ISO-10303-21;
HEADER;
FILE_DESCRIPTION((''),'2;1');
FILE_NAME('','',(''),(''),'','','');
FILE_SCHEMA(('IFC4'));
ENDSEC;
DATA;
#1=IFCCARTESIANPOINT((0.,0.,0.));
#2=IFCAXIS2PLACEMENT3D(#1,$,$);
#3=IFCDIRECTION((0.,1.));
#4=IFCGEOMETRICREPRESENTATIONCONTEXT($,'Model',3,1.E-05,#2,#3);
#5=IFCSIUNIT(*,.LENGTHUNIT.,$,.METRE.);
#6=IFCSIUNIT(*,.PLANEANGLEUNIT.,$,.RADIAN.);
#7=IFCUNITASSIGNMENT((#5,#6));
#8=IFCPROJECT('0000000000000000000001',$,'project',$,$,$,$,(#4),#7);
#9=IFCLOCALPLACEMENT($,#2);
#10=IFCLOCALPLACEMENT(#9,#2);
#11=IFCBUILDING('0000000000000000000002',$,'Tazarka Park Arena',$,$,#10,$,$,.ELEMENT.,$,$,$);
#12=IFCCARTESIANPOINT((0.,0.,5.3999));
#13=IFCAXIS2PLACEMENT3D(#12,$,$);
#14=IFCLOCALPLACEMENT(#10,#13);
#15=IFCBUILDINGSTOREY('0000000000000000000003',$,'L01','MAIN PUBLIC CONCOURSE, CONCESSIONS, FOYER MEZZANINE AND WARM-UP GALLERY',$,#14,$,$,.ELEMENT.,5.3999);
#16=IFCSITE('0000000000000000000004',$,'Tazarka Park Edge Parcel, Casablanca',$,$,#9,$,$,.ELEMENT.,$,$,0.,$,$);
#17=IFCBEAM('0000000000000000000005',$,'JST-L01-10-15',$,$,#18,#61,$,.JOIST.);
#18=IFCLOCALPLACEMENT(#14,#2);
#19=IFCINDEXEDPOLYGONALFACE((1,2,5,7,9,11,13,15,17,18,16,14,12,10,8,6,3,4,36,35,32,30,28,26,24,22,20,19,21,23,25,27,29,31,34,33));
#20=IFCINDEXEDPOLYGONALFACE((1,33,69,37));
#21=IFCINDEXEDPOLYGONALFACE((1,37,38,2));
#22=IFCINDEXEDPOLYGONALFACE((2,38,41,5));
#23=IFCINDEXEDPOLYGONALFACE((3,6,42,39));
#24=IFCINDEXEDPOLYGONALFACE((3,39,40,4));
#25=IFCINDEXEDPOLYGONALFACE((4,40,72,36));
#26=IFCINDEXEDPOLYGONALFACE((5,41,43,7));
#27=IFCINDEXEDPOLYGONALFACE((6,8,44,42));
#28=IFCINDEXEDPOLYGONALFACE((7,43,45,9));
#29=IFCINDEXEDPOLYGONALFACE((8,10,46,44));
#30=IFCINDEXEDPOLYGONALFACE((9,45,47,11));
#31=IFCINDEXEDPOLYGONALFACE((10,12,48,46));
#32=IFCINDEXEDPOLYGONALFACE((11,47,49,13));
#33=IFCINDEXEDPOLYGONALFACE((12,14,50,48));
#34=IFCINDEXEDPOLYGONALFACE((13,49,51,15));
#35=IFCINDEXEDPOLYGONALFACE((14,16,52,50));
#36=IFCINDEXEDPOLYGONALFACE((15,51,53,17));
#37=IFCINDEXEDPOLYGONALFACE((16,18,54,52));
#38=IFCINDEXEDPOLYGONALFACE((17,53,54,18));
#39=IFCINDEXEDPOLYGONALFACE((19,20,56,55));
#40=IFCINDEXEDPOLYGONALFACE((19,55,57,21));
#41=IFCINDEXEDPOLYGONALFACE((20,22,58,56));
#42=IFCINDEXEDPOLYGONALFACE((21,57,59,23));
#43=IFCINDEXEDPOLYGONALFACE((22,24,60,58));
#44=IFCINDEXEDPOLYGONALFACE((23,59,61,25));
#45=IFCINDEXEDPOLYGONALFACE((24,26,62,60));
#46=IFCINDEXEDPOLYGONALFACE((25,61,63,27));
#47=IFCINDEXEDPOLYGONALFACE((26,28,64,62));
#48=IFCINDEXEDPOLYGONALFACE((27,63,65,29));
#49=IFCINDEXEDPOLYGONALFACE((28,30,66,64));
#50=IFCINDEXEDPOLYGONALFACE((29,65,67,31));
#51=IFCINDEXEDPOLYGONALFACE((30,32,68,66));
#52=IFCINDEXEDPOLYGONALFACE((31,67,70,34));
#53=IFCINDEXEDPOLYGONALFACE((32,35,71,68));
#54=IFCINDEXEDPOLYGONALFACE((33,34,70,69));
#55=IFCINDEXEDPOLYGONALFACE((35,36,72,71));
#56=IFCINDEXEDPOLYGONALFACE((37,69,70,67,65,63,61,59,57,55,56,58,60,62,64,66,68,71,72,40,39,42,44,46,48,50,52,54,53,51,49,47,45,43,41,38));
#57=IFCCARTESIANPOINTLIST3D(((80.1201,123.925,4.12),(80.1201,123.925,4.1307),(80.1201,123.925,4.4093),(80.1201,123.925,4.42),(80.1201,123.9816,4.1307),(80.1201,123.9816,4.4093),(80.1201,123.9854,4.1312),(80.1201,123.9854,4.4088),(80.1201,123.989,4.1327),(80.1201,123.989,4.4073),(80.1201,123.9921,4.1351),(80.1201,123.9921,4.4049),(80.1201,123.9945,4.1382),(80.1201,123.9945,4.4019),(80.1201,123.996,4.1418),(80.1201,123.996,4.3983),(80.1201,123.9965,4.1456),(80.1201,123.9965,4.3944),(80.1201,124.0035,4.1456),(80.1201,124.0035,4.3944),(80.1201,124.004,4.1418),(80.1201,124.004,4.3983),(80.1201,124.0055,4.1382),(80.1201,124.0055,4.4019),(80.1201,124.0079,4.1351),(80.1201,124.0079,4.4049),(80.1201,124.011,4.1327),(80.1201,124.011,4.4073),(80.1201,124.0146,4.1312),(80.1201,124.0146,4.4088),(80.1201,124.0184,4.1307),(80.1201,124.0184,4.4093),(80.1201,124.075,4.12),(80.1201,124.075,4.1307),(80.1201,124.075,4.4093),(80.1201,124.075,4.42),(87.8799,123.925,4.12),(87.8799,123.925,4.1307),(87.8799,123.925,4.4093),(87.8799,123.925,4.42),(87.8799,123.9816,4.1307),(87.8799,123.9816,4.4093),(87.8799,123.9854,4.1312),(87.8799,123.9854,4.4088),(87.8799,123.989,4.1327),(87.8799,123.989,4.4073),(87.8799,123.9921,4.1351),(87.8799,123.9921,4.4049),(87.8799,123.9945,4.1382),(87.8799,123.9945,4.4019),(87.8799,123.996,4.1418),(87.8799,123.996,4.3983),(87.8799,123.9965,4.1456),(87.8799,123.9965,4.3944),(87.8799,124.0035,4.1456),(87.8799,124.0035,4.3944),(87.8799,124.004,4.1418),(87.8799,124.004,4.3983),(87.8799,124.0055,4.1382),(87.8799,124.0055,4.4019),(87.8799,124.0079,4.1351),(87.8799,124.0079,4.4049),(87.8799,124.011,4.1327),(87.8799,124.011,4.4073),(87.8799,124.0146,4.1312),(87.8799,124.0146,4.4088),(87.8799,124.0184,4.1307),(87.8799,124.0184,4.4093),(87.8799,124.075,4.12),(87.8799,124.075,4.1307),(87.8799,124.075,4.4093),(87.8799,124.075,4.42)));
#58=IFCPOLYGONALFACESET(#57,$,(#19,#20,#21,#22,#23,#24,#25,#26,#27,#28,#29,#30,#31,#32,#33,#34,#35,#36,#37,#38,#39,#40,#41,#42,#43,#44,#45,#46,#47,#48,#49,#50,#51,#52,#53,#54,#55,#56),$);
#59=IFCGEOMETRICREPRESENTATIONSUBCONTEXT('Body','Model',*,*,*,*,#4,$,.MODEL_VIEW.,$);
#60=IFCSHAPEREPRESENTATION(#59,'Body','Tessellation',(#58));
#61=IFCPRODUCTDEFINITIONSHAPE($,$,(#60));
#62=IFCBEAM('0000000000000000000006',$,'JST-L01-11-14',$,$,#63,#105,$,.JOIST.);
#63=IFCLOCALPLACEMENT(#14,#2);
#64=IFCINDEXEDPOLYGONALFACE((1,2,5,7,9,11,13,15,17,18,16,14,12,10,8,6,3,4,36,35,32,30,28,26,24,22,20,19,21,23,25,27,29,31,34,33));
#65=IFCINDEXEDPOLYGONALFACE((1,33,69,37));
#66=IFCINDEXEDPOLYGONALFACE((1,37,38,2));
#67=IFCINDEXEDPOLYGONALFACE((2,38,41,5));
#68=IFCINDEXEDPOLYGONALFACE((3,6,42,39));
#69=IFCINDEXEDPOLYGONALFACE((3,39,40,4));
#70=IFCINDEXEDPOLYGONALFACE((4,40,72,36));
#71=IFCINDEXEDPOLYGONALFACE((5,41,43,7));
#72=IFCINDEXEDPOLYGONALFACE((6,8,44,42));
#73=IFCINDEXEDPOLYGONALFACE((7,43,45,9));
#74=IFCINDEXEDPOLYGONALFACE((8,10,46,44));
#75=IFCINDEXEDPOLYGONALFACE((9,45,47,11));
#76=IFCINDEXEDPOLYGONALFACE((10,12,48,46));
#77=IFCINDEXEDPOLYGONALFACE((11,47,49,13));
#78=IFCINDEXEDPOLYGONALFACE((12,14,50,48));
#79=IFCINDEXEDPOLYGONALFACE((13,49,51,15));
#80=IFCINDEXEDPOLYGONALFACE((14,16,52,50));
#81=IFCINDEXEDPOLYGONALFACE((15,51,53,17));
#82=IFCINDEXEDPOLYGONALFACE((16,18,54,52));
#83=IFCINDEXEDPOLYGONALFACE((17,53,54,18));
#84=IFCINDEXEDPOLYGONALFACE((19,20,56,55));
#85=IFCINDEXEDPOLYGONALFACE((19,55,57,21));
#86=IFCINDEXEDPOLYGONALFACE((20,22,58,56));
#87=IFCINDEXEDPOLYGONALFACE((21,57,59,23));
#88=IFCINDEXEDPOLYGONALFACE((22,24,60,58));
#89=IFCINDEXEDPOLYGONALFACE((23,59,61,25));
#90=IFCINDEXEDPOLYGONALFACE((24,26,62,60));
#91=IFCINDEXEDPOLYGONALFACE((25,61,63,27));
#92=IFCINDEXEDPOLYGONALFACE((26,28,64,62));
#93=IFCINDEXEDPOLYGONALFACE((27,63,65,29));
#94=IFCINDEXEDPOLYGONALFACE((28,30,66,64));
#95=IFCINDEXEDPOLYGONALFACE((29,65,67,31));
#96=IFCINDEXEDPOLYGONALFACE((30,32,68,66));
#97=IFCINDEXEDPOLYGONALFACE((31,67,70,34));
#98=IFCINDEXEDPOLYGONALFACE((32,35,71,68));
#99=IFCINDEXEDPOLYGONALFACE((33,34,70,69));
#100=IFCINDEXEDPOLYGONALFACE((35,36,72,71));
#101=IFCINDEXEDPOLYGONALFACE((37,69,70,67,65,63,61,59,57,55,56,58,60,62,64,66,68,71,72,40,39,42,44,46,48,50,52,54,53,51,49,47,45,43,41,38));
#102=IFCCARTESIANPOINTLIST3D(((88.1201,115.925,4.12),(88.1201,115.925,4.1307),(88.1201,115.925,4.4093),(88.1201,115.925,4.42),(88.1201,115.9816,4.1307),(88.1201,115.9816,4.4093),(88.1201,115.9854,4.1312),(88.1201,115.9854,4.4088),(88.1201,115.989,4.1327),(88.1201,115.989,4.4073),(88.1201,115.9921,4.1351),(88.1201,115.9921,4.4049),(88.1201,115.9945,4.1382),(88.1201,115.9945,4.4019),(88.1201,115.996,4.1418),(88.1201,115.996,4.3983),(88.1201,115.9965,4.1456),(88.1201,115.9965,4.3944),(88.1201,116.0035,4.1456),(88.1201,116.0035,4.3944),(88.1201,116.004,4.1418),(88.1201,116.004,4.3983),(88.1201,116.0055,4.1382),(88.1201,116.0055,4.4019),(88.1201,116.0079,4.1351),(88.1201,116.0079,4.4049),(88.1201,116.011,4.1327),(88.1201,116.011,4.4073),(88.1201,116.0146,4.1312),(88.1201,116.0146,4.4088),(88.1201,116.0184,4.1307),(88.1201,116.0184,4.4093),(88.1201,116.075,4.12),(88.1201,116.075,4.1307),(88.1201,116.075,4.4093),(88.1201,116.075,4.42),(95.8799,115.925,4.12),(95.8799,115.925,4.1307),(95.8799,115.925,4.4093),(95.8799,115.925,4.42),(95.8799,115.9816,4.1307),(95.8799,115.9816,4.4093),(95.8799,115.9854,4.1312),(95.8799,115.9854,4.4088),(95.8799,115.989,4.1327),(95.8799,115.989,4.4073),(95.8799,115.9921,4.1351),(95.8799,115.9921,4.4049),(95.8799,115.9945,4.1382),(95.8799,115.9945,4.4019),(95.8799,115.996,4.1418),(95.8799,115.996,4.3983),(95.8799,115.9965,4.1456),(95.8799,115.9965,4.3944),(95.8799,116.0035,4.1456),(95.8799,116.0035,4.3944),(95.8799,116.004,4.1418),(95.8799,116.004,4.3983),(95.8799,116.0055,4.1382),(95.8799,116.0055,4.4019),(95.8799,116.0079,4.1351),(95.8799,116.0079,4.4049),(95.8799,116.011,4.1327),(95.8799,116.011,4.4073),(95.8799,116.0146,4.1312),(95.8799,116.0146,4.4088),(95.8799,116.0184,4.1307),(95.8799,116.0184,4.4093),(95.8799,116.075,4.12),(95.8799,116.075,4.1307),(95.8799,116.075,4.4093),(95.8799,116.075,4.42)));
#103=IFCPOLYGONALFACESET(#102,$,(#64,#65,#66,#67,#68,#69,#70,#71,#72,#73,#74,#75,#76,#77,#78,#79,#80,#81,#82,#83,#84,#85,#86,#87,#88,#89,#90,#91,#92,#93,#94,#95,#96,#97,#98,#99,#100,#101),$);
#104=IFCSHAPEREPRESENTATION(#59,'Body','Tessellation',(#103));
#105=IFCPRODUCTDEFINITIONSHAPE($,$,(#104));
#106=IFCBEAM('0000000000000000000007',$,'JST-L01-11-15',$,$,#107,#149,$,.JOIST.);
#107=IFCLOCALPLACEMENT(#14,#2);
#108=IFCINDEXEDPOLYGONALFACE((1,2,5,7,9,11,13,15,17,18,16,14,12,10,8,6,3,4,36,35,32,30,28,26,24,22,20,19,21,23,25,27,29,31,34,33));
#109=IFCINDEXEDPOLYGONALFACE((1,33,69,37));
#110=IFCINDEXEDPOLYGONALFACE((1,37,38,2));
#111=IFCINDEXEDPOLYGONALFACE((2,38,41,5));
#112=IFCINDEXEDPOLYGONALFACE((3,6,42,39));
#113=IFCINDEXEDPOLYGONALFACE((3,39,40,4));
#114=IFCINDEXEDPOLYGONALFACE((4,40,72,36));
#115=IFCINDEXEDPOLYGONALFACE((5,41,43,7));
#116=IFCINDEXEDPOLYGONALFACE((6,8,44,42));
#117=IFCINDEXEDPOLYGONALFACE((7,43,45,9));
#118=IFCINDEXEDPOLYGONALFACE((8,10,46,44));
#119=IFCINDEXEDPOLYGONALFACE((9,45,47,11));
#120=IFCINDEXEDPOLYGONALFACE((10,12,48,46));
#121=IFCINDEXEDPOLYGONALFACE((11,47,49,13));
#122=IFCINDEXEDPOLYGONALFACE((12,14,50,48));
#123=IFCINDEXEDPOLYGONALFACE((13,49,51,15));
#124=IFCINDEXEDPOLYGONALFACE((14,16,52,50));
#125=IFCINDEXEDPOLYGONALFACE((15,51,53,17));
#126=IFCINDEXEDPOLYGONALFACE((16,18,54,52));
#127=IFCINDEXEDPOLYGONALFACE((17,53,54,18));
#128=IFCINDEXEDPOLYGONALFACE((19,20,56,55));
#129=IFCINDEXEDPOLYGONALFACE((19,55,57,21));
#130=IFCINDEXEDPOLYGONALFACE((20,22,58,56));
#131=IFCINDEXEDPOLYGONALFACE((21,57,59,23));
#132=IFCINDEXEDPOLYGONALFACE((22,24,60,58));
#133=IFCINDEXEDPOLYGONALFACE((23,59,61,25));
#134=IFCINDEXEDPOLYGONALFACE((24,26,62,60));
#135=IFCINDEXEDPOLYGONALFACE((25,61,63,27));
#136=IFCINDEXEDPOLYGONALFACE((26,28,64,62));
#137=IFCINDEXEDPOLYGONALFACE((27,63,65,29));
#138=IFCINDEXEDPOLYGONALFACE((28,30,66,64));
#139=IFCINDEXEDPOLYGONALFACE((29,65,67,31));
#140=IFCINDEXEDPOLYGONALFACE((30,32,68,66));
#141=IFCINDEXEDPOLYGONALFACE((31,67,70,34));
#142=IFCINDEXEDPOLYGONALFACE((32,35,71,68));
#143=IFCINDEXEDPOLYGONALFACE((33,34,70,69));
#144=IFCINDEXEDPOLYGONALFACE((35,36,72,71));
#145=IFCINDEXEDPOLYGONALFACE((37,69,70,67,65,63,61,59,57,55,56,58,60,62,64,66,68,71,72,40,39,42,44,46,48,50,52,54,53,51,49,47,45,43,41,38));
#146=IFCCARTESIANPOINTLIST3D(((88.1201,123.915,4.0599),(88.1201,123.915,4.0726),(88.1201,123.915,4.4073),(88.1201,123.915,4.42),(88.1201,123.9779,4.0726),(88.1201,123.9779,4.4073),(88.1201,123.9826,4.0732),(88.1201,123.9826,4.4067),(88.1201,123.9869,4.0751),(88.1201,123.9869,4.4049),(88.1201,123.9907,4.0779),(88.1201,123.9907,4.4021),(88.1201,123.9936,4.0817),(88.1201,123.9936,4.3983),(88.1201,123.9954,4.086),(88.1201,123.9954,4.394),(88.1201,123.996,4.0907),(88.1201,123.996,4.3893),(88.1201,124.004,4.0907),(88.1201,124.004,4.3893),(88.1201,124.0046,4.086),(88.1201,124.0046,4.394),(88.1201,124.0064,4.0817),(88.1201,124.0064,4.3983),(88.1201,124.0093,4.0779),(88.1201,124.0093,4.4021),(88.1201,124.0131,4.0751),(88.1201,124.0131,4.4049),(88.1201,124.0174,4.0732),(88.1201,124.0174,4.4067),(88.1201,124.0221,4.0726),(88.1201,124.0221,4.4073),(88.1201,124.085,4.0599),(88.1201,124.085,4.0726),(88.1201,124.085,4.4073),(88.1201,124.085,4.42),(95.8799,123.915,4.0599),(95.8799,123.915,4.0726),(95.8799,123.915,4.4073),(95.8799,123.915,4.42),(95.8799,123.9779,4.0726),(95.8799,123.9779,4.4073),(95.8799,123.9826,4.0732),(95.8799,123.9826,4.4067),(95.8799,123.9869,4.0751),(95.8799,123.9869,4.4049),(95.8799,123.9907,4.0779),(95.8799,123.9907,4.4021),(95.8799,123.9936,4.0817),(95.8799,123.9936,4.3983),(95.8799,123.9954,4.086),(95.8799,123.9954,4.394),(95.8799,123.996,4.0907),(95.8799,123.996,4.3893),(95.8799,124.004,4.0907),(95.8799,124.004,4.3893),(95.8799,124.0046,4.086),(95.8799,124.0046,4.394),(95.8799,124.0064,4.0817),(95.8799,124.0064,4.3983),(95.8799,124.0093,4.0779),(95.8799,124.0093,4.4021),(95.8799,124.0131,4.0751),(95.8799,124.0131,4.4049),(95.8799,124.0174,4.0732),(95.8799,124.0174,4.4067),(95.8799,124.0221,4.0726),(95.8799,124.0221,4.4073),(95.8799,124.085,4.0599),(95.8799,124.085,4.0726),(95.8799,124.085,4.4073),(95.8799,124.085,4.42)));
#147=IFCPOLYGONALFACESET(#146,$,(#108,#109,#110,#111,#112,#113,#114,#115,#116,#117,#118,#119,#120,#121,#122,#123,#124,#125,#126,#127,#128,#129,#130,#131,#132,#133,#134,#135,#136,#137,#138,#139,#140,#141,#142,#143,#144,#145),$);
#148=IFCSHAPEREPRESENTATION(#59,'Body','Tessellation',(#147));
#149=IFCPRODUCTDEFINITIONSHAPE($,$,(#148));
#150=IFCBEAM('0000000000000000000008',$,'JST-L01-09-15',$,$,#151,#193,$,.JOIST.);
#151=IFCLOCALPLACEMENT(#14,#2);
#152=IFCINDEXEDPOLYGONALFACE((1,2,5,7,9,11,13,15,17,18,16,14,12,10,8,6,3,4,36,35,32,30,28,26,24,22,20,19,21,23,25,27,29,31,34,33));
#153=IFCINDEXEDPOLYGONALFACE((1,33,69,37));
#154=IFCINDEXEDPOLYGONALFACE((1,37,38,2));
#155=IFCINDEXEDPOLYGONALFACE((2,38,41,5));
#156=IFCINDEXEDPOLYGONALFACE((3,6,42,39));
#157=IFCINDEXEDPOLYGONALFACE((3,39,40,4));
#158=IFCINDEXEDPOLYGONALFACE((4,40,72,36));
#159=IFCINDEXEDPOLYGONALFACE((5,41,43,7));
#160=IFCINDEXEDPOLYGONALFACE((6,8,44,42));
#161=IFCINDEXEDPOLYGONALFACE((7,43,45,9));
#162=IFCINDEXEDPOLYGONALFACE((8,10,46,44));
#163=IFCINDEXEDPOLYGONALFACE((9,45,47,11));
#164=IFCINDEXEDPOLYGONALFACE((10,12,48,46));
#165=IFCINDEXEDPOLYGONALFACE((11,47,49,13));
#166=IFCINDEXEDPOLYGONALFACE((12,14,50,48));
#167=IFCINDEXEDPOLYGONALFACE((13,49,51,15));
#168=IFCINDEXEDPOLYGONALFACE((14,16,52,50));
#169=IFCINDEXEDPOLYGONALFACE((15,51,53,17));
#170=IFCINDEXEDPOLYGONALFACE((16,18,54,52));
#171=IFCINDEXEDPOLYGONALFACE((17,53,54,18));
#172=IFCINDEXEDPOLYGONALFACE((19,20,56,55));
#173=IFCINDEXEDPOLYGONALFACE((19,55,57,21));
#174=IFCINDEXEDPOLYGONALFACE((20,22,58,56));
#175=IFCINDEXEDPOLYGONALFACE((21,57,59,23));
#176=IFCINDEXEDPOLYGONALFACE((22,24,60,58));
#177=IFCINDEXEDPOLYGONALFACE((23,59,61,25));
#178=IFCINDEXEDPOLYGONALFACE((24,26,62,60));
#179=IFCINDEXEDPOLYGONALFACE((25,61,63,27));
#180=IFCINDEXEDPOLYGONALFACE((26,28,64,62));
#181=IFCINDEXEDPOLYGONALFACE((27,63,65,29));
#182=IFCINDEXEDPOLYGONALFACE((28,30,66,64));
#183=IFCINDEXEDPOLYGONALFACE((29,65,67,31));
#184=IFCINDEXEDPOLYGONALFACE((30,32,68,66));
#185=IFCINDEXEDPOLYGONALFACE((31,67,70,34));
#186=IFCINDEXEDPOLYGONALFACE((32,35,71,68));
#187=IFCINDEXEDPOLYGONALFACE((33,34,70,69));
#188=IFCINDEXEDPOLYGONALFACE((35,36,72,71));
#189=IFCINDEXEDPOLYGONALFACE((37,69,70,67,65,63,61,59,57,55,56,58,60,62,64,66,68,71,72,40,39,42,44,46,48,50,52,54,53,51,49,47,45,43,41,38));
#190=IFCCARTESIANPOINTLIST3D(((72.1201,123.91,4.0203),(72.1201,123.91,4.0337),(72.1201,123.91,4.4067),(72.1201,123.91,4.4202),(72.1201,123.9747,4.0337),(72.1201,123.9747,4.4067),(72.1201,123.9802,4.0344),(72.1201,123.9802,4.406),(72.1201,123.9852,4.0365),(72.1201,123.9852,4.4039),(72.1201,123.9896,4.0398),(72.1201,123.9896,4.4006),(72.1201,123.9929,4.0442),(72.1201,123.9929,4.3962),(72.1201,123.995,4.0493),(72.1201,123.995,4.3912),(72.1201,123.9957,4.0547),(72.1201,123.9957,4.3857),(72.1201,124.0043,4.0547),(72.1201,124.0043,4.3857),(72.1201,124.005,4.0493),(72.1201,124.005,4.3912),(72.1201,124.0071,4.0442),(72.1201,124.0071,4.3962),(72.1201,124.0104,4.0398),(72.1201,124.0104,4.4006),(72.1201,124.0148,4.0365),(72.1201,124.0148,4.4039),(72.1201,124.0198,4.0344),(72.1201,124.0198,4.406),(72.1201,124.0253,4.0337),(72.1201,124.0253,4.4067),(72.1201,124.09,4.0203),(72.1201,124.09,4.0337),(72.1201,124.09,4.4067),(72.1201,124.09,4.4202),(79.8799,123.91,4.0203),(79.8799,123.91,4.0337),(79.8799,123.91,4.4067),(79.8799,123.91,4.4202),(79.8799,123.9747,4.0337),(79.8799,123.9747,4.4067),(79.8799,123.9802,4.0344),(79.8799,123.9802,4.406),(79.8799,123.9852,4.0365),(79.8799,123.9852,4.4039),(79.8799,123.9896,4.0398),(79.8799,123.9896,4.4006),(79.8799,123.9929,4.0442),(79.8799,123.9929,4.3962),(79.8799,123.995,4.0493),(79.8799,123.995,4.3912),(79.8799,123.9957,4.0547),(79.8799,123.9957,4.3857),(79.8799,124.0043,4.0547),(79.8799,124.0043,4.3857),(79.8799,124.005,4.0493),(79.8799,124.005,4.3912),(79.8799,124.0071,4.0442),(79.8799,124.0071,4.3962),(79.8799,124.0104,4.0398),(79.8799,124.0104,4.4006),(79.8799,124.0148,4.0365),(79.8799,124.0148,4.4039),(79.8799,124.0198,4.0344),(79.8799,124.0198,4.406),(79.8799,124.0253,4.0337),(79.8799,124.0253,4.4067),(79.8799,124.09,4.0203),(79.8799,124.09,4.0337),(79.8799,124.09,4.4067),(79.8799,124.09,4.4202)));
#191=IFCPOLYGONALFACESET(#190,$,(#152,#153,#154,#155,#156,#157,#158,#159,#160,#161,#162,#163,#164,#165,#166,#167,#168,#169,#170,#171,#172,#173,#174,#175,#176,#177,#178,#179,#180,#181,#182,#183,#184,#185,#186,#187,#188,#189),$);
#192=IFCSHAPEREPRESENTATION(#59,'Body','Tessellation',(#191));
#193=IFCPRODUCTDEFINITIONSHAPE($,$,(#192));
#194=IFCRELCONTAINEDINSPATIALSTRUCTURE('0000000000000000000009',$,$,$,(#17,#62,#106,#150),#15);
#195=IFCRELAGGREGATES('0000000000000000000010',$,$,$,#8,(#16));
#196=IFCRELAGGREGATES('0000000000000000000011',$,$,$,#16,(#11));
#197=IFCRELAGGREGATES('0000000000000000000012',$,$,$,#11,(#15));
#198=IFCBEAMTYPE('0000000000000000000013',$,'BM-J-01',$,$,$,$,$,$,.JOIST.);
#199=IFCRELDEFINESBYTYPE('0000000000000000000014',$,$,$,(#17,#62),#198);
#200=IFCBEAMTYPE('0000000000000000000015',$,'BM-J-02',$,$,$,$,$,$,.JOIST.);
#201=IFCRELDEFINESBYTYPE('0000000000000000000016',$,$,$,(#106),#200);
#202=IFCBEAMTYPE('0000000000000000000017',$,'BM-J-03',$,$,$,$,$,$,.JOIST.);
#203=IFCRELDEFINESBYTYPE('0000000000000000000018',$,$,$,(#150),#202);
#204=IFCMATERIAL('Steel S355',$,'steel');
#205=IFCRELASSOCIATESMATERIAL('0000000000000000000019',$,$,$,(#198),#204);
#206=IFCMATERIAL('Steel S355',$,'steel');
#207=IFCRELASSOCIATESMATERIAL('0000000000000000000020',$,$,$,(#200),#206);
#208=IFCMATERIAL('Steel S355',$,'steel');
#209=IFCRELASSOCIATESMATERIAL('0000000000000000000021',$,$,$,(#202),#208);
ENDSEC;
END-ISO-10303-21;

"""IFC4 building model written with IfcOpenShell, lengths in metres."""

from ifc_helpers import new_model, si_unit, direction, frame, origin, origin_2d, place, context, subcontext, project, spatial, i_section, extrude, material, material_profile, profile_set, type_object, element, save


model = new_model("IFC4")

# Units and contexts
model_context = context("Model", 3, precision=1e-05, world=origin(), true_north=direction((0.0, 1.0)))
body_context = subcontext(model_context, "Body", "Model", "MODEL_VIEW")
ifc_project = project(units=[si_unit("LENGTHUNIT", "METRE"), si_unit("PLANEANGLEUNIT", "RADIAN")], contexts=[model_context])

# Site, building, storey
site_placement = place(None, origin())
site = spatial("IfcSite", under=ifc_project, at=site_placement, Name="Tazarka Park Edge Parcel, Casablanca", CompositionType="ELEMENT", RefElevation=0.0)
building_placement = place(site_placement, origin())
building = spatial("IfcBuilding", under=site, at=building_placement, Name="Tazarka Park Arena", CompositionType="ELEMENT")
storey_placement = place(building_placement, frame((0.0, 0.0, 5.3999)))
storey = spatial("IfcBuildingStorey", under=building, at=storey_placement, Name="L01", Description="MAIN PUBLIC CONCOURSE, CONCESSIONS, FOYER MEZZANINE AND WARM-UP GALLERY", CompositionType="ELEMENT", Elevation=5.3999)

# Beams
ifc_material_1 = material(Name="Steel S355", Category="steel")
ifc_material_profile_1 = material_profile(ifc_material_1, i_section(OverallWidth=0.1499, OverallDepth=0.3, WebThickness=0.0071, FlangeThickness=0.0107, FilletRadius=0.0149, at=origin_2d()), Name="Steel S355")
ifc_profile_set_1 = profile_set([ifc_material_profile_1], Name="Steel S355")
beam_type_1 = type_object("IfcBeamType", Name="BM-J-01", PredefinedType="JOIST", material=ifc_profile_set_1)
for number, where, z_axis, x_axis, name in (
    (1, (80.1201, 124.0, 4.27), (1.0, 0.0, 0.0), (0.0, 1.0, 0.0), "JST-L01-10-15"),
    (2, (88.1201, 116.0, 4.27), (1.0, 0.0, 0.0), (0.0, 1.0, 0.0), "JST-L01-11-14"),
):
    element("IfcBeam", number, at=place(storey_placement, frame(where, z_axis=z_axis, x_axis=x_axis)), inside=storey, type_object=beam_type_1, Name=name, PredefinedType="JOIST", context=body_context, shape_type="SweptSolid", body=[
        extrude(i_section(OverallWidth=0.1499, OverallDepth=0.3, WebThickness=0.0071, FlangeThickness=0.0107, FilletRadius=0.0149, at=origin_2d()), origin(), (0.0, 0.0, 1.0), 7.7598),
    ])
ifc_material_2 = material(Name="Steel S355", Category="steel")
ifc_material_profile_2 = material_profile(ifc_material_2, i_section(OverallWidth=0.1699, OverallDepth=0.3601, WebThickness=0.0081, FlangeThickness=0.0127, FilletRadius=0.0181, at=origin_2d()), Name="Steel S355")
ifc_profile_set_2 = profile_set([ifc_material_profile_2], Name="Steel S355")
beam_type_2 = type_object("IfcBeamType", Name="BM-J-02", PredefinedType="JOIST", material=ifc_profile_set_2)
beam_placement = place(storey_placement, frame((88.1201, 124.0, 4.24), z_axis=(1.0, 0.0, 0.0), x_axis=(0.0, 1.0, 0.0)))
element("IfcBeam", 3, at=beam_placement, inside=storey, type_object=beam_type_2, Name="JST-L01-11-15", PredefinedType="JOIST", context=body_context, shape_type="SweptSolid", body=[
    extrude(i_section(OverallWidth=0.1699, OverallDepth=0.3601, WebThickness=0.0081, FlangeThickness=0.0127, FilletRadius=0.0181, at=origin_2d()), origin(), (0.0, 0.0, 1.0), 7.7598),
])
ifc_material_3 = material(Name="Steel S355", Category="steel")
ifc_material_profile_3 = material_profile(ifc_material_3, i_section(OverallWidth=0.1799, OverallDepth=0.3999, WebThickness=0.0085, FlangeThickness=0.0134, FilletRadius=0.021, at=origin_2d()), Name="Steel S355")
ifc_profile_set_3 = profile_set([ifc_material_profile_3], Name="Steel S355")
beam_type_3 = type_object("IfcBeamType", Name="BM-J-03", PredefinedType="JOIST", material=ifc_profile_set_3)
for number, where, z_axis, x_axis, name in (
    (4, (72.1201, 124.0, 4.2202), (1.0, 0.0, 0.0), (0.0, 1.0, 0.0), "JST-L01-09-15"),
):
    element("IfcBeam", number, at=place(storey_placement, frame(where, z_axis=z_axis, x_axis=x_axis)), inside=storey, type_object=beam_type_3, Name=name, PredefinedType="JOIST", context=body_context, shape_type="SweptSolid", body=[
        extrude(i_section(OverallWidth=0.1799, OverallDepth=0.3999, WebThickness=0.0085, FlangeThickness=0.0134, FilletRadius=0.021, at=origin_2d()), origin(), (0.0, 0.0, 1.0), 7.7598),
    ])

save(model, "model.ifc")
